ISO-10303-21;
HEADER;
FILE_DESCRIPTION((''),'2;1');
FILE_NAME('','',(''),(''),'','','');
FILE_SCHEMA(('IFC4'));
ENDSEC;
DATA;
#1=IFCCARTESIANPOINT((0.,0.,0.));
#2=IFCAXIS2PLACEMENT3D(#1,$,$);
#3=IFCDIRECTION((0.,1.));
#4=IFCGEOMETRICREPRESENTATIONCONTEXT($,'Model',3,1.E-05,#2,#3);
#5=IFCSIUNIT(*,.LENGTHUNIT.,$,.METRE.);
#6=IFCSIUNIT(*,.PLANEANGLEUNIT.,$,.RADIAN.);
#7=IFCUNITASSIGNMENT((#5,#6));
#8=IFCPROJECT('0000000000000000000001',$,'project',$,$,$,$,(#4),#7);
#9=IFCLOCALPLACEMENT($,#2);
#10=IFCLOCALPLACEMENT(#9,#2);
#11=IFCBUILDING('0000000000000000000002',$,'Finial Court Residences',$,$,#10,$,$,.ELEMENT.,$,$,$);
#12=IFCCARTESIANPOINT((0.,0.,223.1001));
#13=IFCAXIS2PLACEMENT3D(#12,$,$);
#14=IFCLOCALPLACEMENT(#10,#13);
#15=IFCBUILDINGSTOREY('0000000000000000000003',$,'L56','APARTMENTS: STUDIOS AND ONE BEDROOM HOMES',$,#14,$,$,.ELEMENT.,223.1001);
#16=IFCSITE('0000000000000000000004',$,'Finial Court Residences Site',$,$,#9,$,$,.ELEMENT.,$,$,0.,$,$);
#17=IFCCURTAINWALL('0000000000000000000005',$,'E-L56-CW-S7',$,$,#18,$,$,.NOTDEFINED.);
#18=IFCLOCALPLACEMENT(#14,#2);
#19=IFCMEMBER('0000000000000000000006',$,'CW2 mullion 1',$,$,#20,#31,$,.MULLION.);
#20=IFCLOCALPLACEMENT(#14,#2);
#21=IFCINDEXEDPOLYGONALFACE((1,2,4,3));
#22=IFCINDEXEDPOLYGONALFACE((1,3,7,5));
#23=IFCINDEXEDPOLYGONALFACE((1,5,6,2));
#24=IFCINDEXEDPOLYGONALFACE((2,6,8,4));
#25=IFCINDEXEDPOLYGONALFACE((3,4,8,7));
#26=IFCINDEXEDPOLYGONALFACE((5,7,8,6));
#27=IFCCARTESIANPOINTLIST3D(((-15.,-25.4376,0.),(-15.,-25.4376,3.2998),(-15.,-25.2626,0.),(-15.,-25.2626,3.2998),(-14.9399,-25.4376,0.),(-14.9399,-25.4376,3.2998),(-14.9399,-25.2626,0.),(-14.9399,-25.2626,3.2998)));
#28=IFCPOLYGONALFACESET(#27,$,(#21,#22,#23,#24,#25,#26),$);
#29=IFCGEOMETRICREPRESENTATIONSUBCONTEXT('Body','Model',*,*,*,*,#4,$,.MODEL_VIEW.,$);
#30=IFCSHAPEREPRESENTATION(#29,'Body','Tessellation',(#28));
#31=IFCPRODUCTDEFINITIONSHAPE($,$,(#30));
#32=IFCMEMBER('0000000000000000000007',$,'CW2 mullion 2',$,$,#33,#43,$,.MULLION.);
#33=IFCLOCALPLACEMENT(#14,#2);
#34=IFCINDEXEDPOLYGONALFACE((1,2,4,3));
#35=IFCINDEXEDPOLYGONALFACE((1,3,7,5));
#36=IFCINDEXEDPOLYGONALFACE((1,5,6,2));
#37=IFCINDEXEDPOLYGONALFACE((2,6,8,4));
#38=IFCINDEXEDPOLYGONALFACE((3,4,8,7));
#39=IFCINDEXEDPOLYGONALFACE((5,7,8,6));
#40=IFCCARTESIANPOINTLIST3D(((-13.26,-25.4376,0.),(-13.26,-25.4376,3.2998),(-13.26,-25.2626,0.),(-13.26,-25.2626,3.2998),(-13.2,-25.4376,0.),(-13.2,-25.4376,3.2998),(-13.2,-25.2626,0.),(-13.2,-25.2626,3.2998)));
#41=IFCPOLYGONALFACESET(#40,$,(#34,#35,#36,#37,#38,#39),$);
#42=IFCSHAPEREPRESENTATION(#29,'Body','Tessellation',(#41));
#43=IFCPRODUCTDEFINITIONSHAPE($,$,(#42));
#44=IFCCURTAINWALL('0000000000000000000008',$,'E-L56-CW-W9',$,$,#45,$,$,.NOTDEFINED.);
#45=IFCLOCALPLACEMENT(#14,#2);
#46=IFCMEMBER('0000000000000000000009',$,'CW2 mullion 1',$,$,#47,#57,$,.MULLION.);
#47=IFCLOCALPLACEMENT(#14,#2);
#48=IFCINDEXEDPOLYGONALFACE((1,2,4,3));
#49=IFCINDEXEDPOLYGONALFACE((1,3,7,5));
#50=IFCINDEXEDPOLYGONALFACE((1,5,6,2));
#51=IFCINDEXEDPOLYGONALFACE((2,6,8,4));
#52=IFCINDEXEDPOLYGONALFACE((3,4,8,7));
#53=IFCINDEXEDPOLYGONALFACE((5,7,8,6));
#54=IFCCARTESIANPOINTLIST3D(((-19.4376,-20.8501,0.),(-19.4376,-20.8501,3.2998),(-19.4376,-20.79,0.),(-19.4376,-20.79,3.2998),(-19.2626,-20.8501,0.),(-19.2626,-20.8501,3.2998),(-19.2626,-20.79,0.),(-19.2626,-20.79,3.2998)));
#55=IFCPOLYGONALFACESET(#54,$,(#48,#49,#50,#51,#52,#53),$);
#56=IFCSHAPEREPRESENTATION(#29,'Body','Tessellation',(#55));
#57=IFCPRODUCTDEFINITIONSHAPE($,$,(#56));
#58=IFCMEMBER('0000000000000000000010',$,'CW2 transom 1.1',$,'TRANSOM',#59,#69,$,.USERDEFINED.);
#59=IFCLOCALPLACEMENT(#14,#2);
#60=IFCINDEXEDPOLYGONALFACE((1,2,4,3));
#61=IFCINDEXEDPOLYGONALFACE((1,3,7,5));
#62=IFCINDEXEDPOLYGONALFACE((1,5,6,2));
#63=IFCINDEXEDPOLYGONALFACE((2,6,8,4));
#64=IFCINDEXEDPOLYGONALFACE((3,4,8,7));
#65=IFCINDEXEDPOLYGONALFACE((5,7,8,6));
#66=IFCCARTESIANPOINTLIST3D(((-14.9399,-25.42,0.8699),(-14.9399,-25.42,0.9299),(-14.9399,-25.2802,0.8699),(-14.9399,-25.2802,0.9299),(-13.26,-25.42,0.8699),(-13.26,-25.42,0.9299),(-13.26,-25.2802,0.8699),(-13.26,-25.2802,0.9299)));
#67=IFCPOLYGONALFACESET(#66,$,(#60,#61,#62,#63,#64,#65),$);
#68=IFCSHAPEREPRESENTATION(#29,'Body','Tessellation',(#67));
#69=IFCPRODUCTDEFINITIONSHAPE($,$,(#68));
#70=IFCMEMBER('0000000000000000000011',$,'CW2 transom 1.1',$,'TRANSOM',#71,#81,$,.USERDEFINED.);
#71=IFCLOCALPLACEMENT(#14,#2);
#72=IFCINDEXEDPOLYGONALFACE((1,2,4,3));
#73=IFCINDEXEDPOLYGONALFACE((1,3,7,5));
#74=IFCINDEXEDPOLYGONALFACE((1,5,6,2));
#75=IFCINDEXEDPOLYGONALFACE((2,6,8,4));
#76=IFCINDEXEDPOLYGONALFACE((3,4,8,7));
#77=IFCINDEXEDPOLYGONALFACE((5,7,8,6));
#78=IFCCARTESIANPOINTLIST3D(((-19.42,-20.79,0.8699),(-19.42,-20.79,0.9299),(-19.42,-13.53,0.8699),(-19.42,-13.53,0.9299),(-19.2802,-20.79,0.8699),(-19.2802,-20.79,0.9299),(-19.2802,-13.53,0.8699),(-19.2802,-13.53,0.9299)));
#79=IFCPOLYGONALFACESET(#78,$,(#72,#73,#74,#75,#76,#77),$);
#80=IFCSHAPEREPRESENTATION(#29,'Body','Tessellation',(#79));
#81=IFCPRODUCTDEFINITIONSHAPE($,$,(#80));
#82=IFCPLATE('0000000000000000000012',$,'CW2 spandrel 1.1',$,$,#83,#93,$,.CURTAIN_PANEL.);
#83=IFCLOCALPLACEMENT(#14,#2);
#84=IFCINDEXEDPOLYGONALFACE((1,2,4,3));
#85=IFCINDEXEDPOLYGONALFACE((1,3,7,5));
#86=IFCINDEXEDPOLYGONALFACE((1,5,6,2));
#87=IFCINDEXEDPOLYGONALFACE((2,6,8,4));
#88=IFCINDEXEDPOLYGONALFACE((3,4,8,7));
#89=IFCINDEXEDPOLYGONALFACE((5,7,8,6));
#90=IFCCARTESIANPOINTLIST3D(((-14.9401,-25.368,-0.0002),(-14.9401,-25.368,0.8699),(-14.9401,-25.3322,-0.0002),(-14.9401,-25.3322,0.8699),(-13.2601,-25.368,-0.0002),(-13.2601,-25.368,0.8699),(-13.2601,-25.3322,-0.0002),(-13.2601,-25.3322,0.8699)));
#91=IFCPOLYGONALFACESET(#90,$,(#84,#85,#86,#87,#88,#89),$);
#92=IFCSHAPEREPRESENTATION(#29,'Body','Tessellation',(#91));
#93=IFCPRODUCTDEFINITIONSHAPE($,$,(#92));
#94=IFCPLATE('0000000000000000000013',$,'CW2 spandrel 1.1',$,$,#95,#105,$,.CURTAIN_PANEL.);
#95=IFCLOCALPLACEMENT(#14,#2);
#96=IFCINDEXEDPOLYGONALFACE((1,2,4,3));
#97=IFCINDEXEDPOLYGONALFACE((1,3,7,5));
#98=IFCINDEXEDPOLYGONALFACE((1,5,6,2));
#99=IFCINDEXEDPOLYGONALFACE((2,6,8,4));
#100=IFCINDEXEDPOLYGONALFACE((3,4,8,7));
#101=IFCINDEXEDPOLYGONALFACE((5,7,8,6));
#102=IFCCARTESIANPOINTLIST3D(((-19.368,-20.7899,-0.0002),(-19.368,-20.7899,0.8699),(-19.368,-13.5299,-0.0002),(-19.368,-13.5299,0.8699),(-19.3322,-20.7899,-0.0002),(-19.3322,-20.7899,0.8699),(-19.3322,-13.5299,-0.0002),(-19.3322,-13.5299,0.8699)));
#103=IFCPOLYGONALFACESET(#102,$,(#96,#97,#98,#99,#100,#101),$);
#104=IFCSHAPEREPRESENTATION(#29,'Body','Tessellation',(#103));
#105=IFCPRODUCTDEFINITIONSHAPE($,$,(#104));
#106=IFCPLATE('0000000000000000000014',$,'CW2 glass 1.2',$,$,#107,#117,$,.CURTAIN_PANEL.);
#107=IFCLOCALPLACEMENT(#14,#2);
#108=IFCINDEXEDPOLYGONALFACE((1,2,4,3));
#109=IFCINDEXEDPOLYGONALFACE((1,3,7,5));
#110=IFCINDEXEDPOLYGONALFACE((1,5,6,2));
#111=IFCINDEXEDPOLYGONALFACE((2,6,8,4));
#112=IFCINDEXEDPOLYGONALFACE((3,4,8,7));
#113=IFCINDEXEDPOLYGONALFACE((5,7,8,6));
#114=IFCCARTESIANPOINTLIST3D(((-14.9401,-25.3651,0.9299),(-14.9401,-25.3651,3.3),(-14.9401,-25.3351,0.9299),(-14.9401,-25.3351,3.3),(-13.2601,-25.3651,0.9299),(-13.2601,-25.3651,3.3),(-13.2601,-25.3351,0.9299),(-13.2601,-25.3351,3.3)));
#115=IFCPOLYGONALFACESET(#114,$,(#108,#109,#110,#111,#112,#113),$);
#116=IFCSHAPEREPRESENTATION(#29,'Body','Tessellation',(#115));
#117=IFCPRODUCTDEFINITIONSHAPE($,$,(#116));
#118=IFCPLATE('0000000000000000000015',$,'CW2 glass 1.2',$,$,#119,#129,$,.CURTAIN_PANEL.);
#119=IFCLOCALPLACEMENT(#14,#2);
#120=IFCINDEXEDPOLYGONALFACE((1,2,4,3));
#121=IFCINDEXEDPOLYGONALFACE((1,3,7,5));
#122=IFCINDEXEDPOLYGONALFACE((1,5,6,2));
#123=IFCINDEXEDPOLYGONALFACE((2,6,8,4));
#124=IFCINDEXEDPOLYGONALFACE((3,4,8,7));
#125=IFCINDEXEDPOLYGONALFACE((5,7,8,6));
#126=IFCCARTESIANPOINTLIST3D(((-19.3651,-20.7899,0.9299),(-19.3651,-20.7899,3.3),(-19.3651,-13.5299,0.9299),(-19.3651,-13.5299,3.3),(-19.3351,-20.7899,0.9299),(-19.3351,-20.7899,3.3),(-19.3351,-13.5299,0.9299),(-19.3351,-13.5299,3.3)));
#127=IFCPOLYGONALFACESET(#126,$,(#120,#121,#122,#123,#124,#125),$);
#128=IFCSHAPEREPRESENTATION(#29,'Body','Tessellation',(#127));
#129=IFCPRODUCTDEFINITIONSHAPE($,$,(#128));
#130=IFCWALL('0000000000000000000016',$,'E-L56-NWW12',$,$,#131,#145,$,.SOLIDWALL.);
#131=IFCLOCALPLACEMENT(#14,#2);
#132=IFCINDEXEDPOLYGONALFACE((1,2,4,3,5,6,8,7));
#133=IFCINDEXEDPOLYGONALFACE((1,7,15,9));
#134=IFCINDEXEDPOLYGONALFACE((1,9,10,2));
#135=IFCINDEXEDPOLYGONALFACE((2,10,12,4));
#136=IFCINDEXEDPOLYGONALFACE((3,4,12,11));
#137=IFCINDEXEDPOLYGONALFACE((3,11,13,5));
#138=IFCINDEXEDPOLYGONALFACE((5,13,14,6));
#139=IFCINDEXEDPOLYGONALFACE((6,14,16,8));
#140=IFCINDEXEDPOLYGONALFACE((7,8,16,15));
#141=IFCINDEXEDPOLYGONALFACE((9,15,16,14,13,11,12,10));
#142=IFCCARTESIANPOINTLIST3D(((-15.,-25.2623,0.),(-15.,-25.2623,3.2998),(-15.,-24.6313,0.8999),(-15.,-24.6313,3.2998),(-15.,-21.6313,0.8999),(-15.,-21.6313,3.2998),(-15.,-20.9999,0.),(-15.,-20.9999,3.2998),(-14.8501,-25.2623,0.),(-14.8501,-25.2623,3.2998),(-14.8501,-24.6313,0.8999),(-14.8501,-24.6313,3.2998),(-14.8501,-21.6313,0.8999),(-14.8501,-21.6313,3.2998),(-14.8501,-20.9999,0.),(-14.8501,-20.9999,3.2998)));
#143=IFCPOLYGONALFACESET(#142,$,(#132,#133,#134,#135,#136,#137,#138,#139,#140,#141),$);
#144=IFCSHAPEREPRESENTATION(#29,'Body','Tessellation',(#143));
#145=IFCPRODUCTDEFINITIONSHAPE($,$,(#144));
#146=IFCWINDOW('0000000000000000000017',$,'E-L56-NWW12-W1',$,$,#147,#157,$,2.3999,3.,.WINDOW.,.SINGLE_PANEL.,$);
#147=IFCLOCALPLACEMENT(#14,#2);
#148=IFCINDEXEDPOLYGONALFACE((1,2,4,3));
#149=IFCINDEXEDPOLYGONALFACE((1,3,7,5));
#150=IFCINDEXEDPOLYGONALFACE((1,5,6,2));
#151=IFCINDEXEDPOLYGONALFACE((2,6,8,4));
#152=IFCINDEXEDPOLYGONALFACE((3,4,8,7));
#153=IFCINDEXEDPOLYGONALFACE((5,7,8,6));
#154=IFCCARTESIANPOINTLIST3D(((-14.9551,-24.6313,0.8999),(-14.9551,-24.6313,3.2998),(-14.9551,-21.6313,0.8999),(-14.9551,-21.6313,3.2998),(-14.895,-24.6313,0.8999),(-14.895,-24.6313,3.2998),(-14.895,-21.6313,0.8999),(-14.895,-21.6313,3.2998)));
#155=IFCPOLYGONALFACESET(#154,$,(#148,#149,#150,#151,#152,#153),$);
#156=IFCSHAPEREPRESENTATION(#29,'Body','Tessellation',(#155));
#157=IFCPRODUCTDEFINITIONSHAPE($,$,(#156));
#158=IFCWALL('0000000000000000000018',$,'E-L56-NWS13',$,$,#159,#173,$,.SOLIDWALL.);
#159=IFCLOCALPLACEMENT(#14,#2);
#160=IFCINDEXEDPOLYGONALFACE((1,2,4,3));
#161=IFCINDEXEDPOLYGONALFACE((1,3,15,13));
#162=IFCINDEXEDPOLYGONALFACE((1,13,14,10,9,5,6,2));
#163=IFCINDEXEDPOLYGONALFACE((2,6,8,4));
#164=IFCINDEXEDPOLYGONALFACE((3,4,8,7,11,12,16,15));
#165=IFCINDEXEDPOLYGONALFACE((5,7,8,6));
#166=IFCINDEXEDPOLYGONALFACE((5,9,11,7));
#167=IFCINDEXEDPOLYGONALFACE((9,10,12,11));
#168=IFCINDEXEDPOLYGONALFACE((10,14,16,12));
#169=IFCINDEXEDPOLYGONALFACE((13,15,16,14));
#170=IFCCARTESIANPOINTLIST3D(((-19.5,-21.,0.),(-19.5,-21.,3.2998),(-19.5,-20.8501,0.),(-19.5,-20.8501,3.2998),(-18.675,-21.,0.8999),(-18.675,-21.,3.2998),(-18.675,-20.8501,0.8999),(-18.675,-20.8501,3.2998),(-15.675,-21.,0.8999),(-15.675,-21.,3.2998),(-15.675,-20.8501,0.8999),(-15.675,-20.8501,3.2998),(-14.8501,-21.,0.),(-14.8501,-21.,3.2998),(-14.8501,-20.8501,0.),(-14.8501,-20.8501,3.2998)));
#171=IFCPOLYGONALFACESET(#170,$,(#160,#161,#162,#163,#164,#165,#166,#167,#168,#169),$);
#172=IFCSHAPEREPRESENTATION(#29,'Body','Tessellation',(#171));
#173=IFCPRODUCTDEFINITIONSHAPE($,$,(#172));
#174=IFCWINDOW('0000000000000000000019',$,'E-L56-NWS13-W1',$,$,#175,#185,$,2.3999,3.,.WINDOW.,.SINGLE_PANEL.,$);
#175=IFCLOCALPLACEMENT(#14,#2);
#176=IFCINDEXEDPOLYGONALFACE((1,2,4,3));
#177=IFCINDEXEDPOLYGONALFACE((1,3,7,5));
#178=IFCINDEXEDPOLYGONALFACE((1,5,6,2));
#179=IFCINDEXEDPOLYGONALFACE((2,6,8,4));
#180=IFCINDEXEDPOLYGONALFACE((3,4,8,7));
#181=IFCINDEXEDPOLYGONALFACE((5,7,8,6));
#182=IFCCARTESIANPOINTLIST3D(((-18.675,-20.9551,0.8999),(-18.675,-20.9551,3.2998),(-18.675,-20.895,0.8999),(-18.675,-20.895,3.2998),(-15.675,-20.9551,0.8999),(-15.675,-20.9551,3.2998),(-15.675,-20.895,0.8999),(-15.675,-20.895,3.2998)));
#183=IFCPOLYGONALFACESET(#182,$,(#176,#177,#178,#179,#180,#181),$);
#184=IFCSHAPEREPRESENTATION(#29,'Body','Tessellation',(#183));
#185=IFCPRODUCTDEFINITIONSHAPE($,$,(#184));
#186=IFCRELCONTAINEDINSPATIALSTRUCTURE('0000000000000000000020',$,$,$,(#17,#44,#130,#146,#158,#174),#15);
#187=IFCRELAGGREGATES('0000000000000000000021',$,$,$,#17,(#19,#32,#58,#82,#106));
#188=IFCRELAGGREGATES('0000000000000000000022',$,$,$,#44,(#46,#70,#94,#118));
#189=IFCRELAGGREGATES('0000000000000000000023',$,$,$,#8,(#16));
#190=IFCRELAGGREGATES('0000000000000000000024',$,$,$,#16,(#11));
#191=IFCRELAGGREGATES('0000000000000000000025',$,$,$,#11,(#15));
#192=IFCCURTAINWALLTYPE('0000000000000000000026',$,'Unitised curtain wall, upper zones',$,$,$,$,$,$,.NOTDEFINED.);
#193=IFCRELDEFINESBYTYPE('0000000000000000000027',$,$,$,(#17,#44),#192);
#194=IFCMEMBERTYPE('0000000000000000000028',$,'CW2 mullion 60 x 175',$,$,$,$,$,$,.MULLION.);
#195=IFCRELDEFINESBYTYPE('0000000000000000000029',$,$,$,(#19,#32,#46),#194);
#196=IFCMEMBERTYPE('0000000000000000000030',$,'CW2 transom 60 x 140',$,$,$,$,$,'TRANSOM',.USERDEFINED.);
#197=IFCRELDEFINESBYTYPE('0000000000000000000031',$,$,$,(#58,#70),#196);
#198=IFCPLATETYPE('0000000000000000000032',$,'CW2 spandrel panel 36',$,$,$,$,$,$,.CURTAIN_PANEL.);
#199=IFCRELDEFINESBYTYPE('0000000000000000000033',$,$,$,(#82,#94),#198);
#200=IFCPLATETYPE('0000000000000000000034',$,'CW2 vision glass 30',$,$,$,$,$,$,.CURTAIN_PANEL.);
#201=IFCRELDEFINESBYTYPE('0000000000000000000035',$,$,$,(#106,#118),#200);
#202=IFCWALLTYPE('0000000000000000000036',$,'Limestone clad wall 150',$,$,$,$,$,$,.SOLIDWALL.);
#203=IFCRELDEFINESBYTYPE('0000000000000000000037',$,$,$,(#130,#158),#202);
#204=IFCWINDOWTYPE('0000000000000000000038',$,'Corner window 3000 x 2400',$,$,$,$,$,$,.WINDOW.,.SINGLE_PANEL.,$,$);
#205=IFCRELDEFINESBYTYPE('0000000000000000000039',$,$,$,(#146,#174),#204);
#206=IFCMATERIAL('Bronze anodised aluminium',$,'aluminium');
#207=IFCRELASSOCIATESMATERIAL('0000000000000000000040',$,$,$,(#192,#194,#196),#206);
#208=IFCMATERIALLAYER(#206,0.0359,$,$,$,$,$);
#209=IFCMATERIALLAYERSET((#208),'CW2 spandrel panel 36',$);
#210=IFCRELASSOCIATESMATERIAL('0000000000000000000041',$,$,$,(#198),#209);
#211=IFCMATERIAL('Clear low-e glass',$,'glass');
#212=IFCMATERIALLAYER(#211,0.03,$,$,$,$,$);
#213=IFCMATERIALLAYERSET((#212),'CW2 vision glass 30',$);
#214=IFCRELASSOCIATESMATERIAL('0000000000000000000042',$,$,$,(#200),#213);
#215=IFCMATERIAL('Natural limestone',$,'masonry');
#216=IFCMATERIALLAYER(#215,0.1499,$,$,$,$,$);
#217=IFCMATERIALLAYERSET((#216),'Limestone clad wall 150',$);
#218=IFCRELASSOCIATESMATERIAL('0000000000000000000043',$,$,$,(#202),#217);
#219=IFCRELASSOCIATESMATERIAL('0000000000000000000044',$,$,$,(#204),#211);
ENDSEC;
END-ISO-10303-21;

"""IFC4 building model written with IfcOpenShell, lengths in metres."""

from ifc_helpers import new_model, si_unit, direction, frame, frame_2d, origin, origin_2d, place, context, subcontext, project, spatial, rectangle, extrude, material, layer, layer_set, material_profile, profile_set, type_object, element, fill, aggregate, save


model = new_model("IFC4")

# Units and contexts
model_context = context("Model", 3, precision=1e-05, world=origin(), true_north=direction((0.0, 1.0)))
body_context = subcontext(model_context, "Body", "Model", "MODEL_VIEW")
ifc_project = project(units=[si_unit("LENGTHUNIT", "METRE"), si_unit("PLANEANGLEUNIT", "RADIAN")], contexts=[model_context])

# Site, building, storey
site_placement = place(None, origin())
site = spatial("IfcSite", under=ifc_project, at=site_placement, Name="Finial Court Residences Site", CompositionType="ELEMENT", RefElevation=0.0)
building_placement = place(site_placement, origin())
building = spatial("IfcBuilding", under=site, at=building_placement, Name="Finial Court Residences", CompositionType="ELEMENT")
storey_placement = place(building_placement, frame((0.0, 0.0, 223.1001)))
storey = spatial("IfcBuildingStorey", under=building, at=storey_placement, Name="L56", Description="APARTMENTS: STUDIOS AND ONE BEDROOM HOMES", CompositionType="ELEMENT", Elevation=223.1001)

# Curtain wall, members
ifc_material_1 = material(Name="Bronze anodised aluminium", Category="aluminium")
curtain_wall_type = type_object("IfcCurtainWallType", Name="Unitised curtain wall, upper zones", PredefinedType="NOTDEFINED", material=ifc_material_1)
curtain_wall_1_placement = place(storey_placement, origin())
curtain_wall_1 = element("IfcCurtainWall", 1, at=curtain_wall_1_placement, inside=storey, type_object=curtain_wall_type, Name="E-L56-CW-S7", PredefinedType="NOTDEFINED")
ifc_material_profile_1 = material_profile(ifc_material_1, rectangle(XDim=0.175, YDim=0.0601, at=origin_2d()), Name="CW2 mullion 60 x 175")
ifc_profile_set_1 = profile_set([ifc_material_profile_1], Name="Bronze anodised aluminium")
member_type_1 = type_object("IfcMemberType", Name="CW2 mullion 60 x 175", PredefinedType="MULLION", material=ifc_profile_set_1)
member_1_placement = place(storey_placement, frame((-14.97, -25.3501, 0.0), z_axis=(0.0, 0.0, 1.0), x_axis=(0.0, 1.0, 0.0)))
member_1 = element("IfcMember", 2, at=member_1_placement, type_object=member_type_1, Name="CW2 mullion 1", PredefinedType="MULLION", context=body_context, shape_type="SweptSolid", body=[
    extrude(rectangle(XDim=0.175, YDim=0.0601, at=origin_2d()), origin(), (0.0, 0.0, 1.0), 3.2998),
])
member_2_placement = place(storey_placement, frame((-13.23, -25.3501, 0.0), z_axis=(0.0, 0.0, 1.0), x_axis=(0.0, 1.0, 0.0)))
member_2 = element("IfcMember", 3, at=member_2_placement, type_object=member_type_1, Name="CW2 mullion 2", PredefinedType="MULLION", context=body_context, shape_type="SweptSolid", body=[
    extrude(rectangle(XDim=0.175, YDim=0.0601, at=origin_2d()), origin(), (0.0, 0.0, 1.0), 3.2998),
])

# Curtain wall, member
curtain_wall_2_placement = place(storey_placement, origin())
curtain_wall_2 = element("IfcCurtainWall", 4, at=curtain_wall_2_placement, inside=storey, type_object=curtain_wall_type, Name="E-L56-CW-W9", PredefinedType="NOTDEFINED")
member_3_placement = place(storey_placement, frame((-19.3501, -20.8201, 0.0), z_axis=(0.0, 0.0, 1.0), x_axis=(-1.0, 0.0, 0.0)))
member_3 = element("IfcMember", 5, at=member_3_placement, type_object=member_type_1, Name="CW2 mullion 1", PredefinedType="MULLION", context=body_context, shape_type="SweptSolid", body=[
    extrude(rectangle(XDim=0.175, YDim=0.0601, at=origin_2d()), origin(), (0.0, 0.0, 1.0), 3.2998),
])

# Members
ifc_material_profile_2 = material_profile(ifc_material_1, rectangle(XDim=0.1399, YDim=0.0601, at=origin_2d()), Name="CW2 transom 60 x 140")
ifc_profile_set_2 = profile_set([ifc_material_profile_2], Name="Bronze anodised aluminium")
member_type_2 = type_object("IfcMemberType", Name="CW2 transom 60 x 140", ElementType="TRANSOM", PredefinedType="USERDEFINED", material=ifc_profile_set_2)
member_4_placement = place(storey_placement, frame((-14.9399, -25.3501, 0.8999), z_axis=(1.0, 0.0, 0.0), x_axis=(0.0, 1.0, 0.0)))
member_4 = element("IfcMember", 6, at=member_4_placement, type_object=member_type_2, Name="CW2 transom 1.1", ObjectType="TRANSOM", PredefinedType="USERDEFINED", context=body_context, shape_type="SweptSolid", body=[
    extrude(rectangle(XDim=0.1399, YDim=0.0601, at=origin_2d()), origin(), (0.0, 0.0, 1.0), 1.6799),
])
member_5_placement = place(storey_placement, frame((-19.3501, -20.79, 0.8999), z_axis=(0.0, 1.0, 0.0), x_axis=(-1.0, 0.0, 0.0)))
member_5 = element("IfcMember", 7, at=member_5_placement, type_object=member_type_2, Name="CW2 transom 1.1", ObjectType="TRANSOM", PredefinedType="USERDEFINED", context=body_context, shape_type="SweptSolid", body=[
    extrude(rectangle(XDim=0.1399, YDim=0.0601, at=origin_2d()), origin(), (0.0, 0.0, 1.0), 7.26),
])

# Plates
ifc_layer_1 = layer(ifc_material_1, 0.0359)
ifc_layer_set_1 = layer_set([ifc_layer_1], Name="CW2 spandrel panel 36")
plate_type_1 = type_object("IfcPlateType", Name="CW2 spandrel panel 36", PredefinedType="CURTAIN_PANEL", material=ifc_layer_set_1)
plate_1_placement = place(storey_placement, frame((-14.1001, -25.3501, -0.0002), z_axis=(0.0, 0.0, 1.0), x_axis=(1.0, 0.0, 0.0)))
plate_1 = element("IfcPlate", 8, at=plate_1_placement, type_object=plate_type_1, Name="CW2 spandrel 1.1", PredefinedType="CURTAIN_PANEL", context=body_context, shape_type="SweptSolid", body=[
    extrude(rectangle(XDim=1.6799, YDim=0.0359, at=origin_2d()), origin(), (0.0, 0.0, 1.0), 0.8701),
])
plate_2_placement = place(storey_placement, frame((-19.3501, -17.1599, -0.0002), z_axis=(0.0, 0.0, 1.0), x_axis=(0.0, 1.0, 0.0)))
plate_2 = element("IfcPlate", 9, at=plate_2_placement, type_object=plate_type_1, Name="CW2 spandrel 1.1", PredefinedType="CURTAIN_PANEL", context=body_context, shape_type="SweptSolid", body=[
    extrude(rectangle(XDim=7.26, YDim=0.0359, at=origin_2d()), origin(), (0.0, 0.0, 1.0), 0.8701),
])
ifc_material_2 = material(Name="Clear low-e glass", Category="glass")
ifc_layer_2 = layer(ifc_material_2, 0.03)
ifc_layer_set_2 = layer_set([ifc_layer_2], Name="CW2 vision glass 30")
plate_type_2 = type_object("IfcPlateType", Name="CW2 vision glass 30", PredefinedType="CURTAIN_PANEL", material=ifc_layer_set_2)
plate_3_placement = place(storey_placement, frame((-14.1001, -25.3501, 0.9299), z_axis=(0.0, 0.0, 1.0), x_axis=(1.0, 0.0, 0.0)))
plate_3 = element("IfcPlate", 10, at=plate_3_placement, type_object=plate_type_2, Name="CW2 glass 1.2", PredefinedType="CURTAIN_PANEL", context=body_context, shape_type="SweptSolid", body=[
    extrude(rectangle(XDim=1.6799, YDim=0.03, at=origin_2d()), origin(), (0.0, 0.0, 1.0), 2.3701),
])
aggregate(curtain_wall_1, [member_1, member_2, member_4, plate_1, plate_3])
plate_4_placement = place(storey_placement, frame((-19.3501, -17.1599, 0.9299), z_axis=(0.0, 0.0, 1.0), x_axis=(0.0, 1.0, 0.0)))
plate_4 = element("IfcPlate", 11, at=plate_4_placement, type_object=plate_type_2, Name="CW2 glass 1.2", PredefinedType="CURTAIN_PANEL", context=body_context, shape_type="SweptSolid", body=[
    extrude(rectangle(XDim=7.26, YDim=0.03, at=origin_2d()), origin(), (0.0, 0.0, 1.0), 2.3701),
])
aggregate(curtain_wall_2, [member_3, member_5, plate_2, plate_4])

# Walls, openings, windows
ifc_material_3 = material(Name="Natural limestone", Category="masonry")
ifc_layer_3 = layer(ifc_material_3, 0.1499)
ifc_layer_set_3 = layer_set([ifc_layer_3], Name="Limestone clad wall 150")
wall_type = type_object("IfcWallType", Name="Limestone clad wall 150", PredefinedType="SOLIDWALL", material=ifc_layer_set_3)
wall_1_placement = place(storey_placement, frame((-14.925, -25.2625, 0.0), z_axis=(0.0, 0.0, 1.0), x_axis=(0.0, 1.0, 0.0)))
wall_1 = element("IfcWall", 12, at=wall_1_placement, inside=storey, type_object=wall_type, Name="E-L56-NWW12", PredefinedType="SOLIDWALL", context=body_context, shape_type="SweptSolid", body=[
    extrude(rectangle(XDim=4.2625, YDim=0.1499, at=frame_2d((2.1313, 0.0))), origin(), (0.0, 0.0, 1.0), 3.2998),
])
opening_1_placement = place(wall_1_placement, frame((0.6311, 0.0, 0.8999)))
opening_1 = element("IfcOpeningElement", 13, at=opening_1_placement, cuts=wall_1, PredefinedType="OPENING", context=body_context, shape_type="SweptSolid", body=[
    extrude(rectangle(XDim=3.0, YDim=2.3999, at=frame_2d((1.5, 1.2))), frame((0.0, 0.085, 0.0), z_axis=(0.0, -1.0, 0.0), x_axis=(1.0, 0.0, 0.0)), (0.0, 0.0, 1.0), 0.1699),
])
window_type = type_object("IfcWindowType", Name="Corner window 3000 x 2400", PartitioningType="SINGLE_PANEL", PredefinedType="WINDOW", material=ifc_material_2)
window_1_placement = place(opening_1_placement, origin())
window_1 = element("IfcWindow", 14, at=window_1_placement, inside=storey, type_object=window_type, Name="E-L56-NWW12-W1", OverallHeight=2.3999, OverallWidth=3.0, PartitioningType="SINGLE_PANEL", PredefinedType="WINDOW", context=body_context, shape_type="SweptSolid", body=[
    extrude(rectangle(XDim=3.0, YDim=2.3999, at=frame_2d((1.5, 1.2))), frame((0.0, 0.03, 0.0), z_axis=(0.0, -1.0, 0.0), x_axis=(1.0, 0.0, 0.0)), (0.0, 0.0, 1.0), 0.0601),
])
fill(opening_1, window_1)
wall_2_placement = place(storey_placement, frame((-14.8501, -20.925, 0.0), z_axis=(0.0, 0.0, 1.0), x_axis=(-1.0, 0.0, 0.0)))
wall_2 = element("IfcWall", 15, at=wall_2_placement, inside=storey, type_object=wall_type, Name="E-L56-NWS13", PredefinedType="SOLIDWALL", context=body_context, shape_type="SweptSolid", body=[
    extrude(rectangle(XDim=4.6499, YDim=0.1499, at=frame_2d((2.325, 0.0))), origin(), (0.0, 0.0, 1.0), 3.2998),
])
opening_2_placement = place(wall_2_placement, frame((0.825, 0.0, 0.8999)))
opening_2 = element("IfcOpeningElement", 16, at=opening_2_placement, cuts=wall_2, PredefinedType="OPENING", context=body_context, shape_type="SweptSolid", body=[
    extrude(rectangle(XDim=3.0, YDim=2.3999, at=frame_2d((1.5, 1.2))), frame((0.0, 0.085, 0.0), z_axis=(0.0, -1.0, 0.0), x_axis=(1.0, 0.0, 0.0)), (0.0, 0.0, 1.0), 0.1699),
])
window_2_placement = place(opening_2_placement, origin())
window_2 = element("IfcWindow", 17, at=window_2_placement, inside=storey, type_object=window_type, Name="E-L56-NWS13-W1", OverallHeight=2.3999, OverallWidth=3.0, PartitioningType="SINGLE_PANEL", PredefinedType="WINDOW", context=body_context, shape_type="SweptSolid", body=[
    extrude(rectangle(XDim=3.0, YDim=2.3999, at=frame_2d((1.5, 1.2))), frame((0.0, 0.03, 0.0), z_axis=(0.0, -1.0, 0.0), x_axis=(1.0, 0.0, 0.0)), (0.0, 0.0, 1.0), 0.0601),
])
fill(opening_2, window_2)

save(model, "model.ifc")
